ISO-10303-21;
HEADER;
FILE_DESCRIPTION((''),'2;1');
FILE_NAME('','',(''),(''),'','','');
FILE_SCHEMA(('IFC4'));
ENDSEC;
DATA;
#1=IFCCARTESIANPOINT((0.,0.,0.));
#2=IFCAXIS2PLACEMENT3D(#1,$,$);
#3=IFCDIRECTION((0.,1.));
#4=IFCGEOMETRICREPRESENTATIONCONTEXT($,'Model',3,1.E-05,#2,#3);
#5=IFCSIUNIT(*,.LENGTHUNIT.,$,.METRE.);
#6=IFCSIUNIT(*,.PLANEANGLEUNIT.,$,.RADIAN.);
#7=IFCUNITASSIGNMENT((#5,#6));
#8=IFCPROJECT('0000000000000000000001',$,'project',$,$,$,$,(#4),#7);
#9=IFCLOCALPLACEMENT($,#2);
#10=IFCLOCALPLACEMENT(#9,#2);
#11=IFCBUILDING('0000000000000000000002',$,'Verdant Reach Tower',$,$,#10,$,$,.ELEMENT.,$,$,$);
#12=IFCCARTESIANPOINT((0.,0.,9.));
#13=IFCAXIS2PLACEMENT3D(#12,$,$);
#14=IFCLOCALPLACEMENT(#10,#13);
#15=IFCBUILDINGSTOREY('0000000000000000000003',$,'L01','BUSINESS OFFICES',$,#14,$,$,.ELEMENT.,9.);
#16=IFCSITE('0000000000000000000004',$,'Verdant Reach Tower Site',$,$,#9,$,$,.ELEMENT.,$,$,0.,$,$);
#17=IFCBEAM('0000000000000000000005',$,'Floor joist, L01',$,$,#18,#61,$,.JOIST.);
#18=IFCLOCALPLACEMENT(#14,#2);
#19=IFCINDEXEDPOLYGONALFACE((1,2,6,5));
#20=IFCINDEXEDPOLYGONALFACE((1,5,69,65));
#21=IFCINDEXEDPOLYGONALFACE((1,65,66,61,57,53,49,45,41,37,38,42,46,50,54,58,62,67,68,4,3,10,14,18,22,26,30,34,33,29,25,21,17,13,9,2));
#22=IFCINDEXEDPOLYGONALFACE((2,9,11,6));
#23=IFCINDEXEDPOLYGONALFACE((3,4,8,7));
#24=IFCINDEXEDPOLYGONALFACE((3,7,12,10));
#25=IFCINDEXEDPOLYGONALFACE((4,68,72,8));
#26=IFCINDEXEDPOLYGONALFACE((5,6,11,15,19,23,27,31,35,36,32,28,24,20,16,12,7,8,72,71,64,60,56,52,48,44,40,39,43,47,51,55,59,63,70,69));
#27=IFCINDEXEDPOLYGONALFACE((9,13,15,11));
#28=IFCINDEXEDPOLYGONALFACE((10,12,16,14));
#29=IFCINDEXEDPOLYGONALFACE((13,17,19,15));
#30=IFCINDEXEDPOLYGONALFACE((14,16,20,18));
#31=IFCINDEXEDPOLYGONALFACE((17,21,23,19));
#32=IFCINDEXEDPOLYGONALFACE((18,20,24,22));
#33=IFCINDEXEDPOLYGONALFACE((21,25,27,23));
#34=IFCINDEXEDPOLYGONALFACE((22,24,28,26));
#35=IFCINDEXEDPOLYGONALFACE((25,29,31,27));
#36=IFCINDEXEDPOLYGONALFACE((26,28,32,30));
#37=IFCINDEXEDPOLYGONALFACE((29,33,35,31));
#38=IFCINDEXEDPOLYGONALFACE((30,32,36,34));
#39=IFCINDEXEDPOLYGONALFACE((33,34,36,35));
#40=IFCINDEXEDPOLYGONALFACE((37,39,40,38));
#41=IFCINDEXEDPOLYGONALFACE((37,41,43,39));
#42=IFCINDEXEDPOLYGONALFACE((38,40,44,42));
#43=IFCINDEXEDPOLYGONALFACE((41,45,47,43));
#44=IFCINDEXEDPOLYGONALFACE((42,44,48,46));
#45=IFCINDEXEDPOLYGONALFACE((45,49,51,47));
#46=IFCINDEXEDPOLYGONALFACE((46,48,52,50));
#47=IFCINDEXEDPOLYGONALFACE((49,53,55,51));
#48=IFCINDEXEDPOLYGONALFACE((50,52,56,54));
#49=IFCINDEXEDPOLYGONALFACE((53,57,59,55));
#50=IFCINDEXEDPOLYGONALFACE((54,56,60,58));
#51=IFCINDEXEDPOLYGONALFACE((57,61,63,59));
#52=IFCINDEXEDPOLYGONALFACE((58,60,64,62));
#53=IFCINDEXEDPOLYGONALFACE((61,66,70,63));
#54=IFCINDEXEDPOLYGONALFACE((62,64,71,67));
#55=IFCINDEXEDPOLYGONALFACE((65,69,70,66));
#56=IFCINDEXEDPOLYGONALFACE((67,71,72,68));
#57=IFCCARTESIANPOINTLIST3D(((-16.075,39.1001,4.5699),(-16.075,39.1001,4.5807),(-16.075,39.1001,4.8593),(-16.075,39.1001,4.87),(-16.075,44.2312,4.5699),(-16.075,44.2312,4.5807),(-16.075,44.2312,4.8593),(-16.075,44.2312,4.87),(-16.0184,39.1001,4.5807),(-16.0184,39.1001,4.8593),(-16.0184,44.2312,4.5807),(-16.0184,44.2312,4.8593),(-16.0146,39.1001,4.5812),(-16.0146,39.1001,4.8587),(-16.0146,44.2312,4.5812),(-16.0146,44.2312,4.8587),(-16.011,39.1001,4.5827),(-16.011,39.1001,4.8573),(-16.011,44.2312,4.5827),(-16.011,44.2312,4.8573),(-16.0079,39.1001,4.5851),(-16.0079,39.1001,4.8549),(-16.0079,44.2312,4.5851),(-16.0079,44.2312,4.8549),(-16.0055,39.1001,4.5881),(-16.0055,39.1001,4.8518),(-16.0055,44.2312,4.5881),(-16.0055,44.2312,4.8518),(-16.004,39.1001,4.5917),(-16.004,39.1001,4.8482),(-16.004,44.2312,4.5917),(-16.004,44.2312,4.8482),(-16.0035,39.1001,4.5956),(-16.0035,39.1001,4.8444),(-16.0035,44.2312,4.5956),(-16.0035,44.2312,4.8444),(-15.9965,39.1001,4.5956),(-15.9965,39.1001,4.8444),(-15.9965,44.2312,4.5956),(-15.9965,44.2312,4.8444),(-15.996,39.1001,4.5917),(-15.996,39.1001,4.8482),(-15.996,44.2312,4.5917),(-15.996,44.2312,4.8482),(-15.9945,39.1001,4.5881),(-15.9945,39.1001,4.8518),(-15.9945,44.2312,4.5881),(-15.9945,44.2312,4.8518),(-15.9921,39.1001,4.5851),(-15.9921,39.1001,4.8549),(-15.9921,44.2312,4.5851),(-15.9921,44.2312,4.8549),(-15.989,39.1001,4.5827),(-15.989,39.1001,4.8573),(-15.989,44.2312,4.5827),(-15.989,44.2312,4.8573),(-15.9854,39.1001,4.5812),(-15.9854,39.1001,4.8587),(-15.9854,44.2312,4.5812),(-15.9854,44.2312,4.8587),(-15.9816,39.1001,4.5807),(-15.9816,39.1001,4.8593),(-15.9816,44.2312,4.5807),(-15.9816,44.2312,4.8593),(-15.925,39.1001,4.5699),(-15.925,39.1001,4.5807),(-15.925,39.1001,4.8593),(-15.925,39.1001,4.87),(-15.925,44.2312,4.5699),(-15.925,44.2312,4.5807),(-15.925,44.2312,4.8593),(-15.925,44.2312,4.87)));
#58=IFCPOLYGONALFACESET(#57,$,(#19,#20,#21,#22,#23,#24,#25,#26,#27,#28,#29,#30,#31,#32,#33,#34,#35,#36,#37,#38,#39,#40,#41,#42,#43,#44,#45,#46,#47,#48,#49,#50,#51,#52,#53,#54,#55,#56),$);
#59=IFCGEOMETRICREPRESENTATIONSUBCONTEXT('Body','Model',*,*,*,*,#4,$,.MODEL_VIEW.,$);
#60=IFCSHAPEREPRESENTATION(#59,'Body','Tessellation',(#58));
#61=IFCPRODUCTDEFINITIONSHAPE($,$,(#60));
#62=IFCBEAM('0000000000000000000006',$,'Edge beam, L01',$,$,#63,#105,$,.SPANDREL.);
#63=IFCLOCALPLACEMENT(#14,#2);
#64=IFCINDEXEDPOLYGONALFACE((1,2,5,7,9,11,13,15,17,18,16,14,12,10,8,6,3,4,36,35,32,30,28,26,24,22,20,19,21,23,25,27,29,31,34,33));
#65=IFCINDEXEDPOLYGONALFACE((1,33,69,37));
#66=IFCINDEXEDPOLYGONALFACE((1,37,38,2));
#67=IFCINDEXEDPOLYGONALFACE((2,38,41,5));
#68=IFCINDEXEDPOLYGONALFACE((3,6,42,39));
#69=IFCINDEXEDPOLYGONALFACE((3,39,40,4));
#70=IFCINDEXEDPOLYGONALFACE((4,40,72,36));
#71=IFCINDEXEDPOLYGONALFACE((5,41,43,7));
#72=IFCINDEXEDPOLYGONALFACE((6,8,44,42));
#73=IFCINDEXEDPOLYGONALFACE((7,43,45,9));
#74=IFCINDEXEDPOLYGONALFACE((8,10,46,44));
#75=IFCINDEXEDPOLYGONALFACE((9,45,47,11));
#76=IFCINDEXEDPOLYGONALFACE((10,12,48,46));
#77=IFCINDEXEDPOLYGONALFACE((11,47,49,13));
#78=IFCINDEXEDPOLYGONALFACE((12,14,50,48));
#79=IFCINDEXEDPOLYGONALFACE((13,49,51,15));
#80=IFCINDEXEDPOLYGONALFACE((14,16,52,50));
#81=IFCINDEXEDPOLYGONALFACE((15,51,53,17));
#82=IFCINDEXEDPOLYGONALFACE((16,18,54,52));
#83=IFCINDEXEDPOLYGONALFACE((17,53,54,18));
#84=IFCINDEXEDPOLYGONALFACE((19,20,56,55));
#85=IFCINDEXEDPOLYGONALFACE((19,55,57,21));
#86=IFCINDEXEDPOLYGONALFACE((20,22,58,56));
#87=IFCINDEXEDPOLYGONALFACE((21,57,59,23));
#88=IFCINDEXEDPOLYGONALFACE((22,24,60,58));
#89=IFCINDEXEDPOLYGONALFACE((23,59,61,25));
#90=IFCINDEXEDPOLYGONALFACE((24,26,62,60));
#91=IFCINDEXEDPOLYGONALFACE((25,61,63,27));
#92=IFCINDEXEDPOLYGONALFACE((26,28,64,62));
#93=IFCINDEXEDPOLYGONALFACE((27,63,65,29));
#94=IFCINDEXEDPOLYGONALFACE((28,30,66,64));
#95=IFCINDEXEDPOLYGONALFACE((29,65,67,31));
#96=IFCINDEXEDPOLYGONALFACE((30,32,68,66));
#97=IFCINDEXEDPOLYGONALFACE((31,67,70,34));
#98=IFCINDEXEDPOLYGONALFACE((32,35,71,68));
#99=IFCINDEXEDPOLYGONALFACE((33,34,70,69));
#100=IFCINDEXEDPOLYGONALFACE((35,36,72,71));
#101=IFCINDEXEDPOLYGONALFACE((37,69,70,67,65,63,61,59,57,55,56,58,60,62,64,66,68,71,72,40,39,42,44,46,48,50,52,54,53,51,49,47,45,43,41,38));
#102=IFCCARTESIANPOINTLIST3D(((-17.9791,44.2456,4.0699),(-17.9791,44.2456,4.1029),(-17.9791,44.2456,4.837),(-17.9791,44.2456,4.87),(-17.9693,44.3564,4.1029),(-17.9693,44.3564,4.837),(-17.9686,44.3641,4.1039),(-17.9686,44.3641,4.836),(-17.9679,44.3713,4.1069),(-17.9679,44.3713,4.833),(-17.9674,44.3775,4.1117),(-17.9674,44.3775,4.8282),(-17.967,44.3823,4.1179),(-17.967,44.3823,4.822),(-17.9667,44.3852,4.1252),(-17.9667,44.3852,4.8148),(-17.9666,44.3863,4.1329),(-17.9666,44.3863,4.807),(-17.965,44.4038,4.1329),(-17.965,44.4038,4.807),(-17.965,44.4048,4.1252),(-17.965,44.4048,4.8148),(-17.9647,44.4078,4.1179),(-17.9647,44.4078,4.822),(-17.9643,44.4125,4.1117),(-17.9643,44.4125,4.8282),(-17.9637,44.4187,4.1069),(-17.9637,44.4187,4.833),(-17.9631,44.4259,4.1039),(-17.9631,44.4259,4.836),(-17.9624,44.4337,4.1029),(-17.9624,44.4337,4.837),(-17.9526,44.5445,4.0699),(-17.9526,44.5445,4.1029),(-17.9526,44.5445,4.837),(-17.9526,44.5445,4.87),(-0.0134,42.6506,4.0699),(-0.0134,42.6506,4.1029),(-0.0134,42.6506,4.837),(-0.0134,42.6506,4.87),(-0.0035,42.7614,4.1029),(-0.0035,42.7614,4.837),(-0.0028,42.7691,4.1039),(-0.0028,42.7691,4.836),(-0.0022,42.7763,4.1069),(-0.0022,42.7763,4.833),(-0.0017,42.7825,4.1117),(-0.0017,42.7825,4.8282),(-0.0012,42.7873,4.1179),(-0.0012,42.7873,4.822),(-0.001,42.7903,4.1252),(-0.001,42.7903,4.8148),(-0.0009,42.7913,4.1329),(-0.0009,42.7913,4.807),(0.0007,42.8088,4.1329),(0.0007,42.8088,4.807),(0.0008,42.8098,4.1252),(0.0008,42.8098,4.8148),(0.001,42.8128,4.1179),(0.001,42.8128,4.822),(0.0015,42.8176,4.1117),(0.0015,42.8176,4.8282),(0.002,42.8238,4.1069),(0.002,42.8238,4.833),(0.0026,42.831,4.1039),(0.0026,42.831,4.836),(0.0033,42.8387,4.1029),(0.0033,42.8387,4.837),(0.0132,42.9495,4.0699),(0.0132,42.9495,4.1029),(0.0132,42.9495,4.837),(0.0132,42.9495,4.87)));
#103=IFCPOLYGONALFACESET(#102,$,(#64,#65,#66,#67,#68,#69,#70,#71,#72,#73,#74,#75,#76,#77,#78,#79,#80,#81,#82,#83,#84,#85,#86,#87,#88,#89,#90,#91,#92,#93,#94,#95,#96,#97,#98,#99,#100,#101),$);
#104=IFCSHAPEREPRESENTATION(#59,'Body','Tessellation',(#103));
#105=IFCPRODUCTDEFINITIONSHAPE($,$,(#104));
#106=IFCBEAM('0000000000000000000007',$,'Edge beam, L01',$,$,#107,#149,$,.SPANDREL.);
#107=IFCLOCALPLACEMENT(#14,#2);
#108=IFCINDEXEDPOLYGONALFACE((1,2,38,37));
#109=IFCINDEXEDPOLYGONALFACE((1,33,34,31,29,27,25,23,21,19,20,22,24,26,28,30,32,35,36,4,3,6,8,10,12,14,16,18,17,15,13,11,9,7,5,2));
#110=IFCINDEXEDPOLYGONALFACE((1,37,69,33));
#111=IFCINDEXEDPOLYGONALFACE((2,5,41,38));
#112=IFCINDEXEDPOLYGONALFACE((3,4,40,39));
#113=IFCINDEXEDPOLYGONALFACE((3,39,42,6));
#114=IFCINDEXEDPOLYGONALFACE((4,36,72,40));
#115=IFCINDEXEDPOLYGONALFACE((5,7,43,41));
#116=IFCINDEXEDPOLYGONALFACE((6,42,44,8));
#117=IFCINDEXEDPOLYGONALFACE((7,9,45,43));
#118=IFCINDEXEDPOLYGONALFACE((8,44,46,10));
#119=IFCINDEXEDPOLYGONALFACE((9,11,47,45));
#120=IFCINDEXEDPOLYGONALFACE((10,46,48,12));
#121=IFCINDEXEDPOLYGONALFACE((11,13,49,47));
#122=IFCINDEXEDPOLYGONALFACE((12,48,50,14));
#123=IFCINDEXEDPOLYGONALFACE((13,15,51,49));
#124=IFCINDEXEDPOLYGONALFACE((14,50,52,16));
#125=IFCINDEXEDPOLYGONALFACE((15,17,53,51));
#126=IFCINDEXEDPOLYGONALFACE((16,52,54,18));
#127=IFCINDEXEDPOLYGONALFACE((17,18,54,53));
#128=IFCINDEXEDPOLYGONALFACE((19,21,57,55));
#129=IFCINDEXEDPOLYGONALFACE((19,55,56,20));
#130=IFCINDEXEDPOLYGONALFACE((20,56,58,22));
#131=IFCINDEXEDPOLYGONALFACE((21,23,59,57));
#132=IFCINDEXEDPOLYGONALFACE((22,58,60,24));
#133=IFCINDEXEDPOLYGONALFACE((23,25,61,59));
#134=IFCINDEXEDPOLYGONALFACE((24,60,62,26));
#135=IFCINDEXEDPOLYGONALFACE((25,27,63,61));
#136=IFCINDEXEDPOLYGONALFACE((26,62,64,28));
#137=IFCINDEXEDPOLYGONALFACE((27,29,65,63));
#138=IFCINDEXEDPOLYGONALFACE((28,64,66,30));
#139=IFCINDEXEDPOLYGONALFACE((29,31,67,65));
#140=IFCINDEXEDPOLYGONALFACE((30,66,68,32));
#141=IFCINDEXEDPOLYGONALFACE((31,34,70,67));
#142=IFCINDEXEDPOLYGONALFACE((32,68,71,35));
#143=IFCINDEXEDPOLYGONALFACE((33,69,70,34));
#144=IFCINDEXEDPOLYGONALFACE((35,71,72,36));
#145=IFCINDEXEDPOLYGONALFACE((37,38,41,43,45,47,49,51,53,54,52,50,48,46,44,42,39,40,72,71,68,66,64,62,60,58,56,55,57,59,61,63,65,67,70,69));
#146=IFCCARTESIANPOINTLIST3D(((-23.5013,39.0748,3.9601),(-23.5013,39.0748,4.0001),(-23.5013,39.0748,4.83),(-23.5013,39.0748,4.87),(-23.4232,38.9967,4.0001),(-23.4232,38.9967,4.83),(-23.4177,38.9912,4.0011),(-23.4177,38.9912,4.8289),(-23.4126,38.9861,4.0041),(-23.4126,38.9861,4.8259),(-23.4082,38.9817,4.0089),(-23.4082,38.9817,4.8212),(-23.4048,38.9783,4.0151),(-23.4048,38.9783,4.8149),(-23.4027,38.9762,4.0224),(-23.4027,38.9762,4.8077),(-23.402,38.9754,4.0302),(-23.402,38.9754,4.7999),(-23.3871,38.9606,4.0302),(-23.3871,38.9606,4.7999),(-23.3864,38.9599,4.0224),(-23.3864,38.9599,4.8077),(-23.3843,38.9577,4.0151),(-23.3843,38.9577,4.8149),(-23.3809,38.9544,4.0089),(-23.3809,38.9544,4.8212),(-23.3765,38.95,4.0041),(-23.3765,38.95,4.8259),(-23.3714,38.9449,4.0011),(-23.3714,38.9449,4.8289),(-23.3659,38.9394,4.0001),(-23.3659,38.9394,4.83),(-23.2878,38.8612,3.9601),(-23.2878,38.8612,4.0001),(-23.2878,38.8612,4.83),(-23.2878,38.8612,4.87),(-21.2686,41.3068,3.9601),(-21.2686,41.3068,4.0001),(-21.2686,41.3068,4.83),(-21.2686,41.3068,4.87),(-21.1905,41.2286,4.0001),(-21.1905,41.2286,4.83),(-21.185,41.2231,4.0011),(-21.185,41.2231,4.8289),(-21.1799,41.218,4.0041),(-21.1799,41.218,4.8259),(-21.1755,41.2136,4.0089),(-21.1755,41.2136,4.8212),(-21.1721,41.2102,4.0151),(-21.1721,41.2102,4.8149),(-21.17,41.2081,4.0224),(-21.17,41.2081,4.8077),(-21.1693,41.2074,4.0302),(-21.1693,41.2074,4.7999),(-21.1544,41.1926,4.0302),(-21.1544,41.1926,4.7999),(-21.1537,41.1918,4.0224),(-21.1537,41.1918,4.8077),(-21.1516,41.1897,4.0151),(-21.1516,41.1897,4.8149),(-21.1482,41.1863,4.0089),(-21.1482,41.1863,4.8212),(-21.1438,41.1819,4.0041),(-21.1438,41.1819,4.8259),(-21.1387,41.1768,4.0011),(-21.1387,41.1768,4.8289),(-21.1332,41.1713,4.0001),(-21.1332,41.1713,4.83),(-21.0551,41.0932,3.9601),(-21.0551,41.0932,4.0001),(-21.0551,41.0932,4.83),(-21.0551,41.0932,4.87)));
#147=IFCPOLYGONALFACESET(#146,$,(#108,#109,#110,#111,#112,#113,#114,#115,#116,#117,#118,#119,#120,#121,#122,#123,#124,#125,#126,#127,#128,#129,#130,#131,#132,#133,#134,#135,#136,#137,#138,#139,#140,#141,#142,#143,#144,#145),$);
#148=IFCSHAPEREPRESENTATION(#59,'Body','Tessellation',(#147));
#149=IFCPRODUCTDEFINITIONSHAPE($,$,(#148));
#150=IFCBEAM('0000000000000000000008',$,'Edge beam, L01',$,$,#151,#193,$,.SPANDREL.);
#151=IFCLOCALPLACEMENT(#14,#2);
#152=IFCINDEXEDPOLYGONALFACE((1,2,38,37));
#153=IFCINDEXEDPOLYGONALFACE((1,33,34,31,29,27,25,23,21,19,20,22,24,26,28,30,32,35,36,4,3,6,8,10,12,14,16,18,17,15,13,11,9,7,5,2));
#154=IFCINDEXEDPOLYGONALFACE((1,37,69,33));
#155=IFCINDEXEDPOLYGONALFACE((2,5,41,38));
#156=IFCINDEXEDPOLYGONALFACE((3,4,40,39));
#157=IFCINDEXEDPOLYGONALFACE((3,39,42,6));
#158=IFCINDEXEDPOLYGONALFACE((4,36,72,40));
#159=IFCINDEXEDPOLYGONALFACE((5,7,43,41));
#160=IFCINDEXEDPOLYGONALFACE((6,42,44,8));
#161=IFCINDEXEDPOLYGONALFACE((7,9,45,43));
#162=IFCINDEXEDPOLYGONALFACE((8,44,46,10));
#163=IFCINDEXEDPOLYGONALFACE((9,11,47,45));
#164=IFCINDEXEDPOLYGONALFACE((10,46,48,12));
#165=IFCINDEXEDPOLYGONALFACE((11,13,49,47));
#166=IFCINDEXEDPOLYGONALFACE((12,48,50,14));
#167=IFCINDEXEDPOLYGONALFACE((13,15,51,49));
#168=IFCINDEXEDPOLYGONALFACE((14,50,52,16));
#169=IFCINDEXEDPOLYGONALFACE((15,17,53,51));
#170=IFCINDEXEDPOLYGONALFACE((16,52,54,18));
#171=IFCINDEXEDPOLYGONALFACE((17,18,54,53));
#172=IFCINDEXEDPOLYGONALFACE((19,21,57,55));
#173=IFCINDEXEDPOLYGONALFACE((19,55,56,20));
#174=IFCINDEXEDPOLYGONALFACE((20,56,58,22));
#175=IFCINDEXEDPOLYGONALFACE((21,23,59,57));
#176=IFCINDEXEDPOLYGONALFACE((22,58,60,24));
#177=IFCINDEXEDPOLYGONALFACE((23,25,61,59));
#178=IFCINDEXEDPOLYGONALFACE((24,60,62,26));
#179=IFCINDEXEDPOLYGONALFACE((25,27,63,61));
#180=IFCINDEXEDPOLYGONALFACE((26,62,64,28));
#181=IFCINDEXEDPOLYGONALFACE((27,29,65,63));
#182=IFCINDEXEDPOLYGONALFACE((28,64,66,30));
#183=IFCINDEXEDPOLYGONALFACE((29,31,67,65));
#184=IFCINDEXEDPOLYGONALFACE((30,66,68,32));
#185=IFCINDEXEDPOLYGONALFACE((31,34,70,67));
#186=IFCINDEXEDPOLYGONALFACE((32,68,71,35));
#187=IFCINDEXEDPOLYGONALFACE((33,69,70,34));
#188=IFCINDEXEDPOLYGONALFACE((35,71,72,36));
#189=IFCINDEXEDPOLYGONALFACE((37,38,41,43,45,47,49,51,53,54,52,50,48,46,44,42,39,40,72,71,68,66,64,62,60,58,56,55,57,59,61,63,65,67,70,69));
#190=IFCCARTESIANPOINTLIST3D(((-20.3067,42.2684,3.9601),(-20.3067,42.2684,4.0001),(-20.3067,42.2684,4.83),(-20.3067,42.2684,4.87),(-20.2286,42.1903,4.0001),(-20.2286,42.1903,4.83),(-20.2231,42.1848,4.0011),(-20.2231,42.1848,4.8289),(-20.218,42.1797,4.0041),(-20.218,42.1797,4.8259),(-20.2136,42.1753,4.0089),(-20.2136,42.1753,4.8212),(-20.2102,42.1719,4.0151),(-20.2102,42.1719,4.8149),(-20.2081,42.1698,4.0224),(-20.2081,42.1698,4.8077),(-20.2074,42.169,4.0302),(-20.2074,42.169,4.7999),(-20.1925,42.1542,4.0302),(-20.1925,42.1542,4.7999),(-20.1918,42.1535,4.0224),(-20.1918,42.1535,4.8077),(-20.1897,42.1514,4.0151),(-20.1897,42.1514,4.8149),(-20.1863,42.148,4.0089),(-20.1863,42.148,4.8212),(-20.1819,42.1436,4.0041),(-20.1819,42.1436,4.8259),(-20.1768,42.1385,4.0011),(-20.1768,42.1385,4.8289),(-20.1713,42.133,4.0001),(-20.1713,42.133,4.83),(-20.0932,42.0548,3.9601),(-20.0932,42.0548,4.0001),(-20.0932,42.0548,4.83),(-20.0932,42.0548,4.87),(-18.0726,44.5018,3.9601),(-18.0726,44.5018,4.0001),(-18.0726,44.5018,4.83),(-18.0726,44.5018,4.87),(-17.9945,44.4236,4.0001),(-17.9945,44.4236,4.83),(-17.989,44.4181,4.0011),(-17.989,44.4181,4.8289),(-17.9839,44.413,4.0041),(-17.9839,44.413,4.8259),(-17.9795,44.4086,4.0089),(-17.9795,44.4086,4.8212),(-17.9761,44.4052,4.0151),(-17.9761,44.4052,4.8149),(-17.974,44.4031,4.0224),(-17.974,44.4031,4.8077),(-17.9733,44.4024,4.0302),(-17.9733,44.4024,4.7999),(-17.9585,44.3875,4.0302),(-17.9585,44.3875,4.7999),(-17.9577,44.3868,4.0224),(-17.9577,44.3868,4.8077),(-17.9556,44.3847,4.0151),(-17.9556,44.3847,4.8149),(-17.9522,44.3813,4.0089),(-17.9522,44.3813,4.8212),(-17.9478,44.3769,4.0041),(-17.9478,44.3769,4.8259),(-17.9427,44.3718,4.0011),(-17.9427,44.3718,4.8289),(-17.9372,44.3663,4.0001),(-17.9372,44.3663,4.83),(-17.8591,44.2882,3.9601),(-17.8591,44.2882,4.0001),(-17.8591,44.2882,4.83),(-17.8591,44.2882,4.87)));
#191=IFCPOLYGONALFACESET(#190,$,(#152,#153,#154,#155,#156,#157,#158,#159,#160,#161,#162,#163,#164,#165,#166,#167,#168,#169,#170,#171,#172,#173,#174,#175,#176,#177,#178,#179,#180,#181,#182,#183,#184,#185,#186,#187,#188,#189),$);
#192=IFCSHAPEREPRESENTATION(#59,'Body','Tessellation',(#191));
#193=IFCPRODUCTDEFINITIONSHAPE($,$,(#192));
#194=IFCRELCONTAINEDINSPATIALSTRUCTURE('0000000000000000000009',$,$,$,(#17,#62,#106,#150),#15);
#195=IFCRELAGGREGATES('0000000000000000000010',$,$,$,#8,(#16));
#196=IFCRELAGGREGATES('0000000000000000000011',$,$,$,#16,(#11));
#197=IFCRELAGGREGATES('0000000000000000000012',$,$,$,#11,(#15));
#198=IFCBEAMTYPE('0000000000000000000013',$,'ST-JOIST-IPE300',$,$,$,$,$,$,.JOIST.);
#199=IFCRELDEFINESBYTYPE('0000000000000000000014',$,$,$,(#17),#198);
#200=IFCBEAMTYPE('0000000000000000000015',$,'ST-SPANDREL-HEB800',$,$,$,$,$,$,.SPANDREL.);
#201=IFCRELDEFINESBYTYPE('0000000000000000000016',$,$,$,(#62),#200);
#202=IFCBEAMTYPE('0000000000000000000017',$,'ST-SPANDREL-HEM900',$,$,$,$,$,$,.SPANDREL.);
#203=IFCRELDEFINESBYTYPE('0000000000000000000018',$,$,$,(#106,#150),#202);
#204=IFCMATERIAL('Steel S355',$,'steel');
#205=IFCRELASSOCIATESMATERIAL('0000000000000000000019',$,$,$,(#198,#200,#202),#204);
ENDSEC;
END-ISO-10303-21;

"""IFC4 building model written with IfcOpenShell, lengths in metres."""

from ifc_helpers import new_model, si_unit, direction, frame, origin, origin_2d, place, context, subcontext, project, spatial, i_section, extrude, material, material_profile, profile_set, type_object, element, save


model = new_model("IFC4")

# Units and contexts
model_context = context("Model", 3, precision=1e-05, world=origin(), true_north=direction((0.0, 1.0)))
body_context = subcontext(model_context, "Body", "Model", "MODEL_VIEW")
ifc_project = project(units=[si_unit("LENGTHUNIT", "METRE"), si_unit("PLANEANGLEUNIT", "RADIAN")], contexts=[model_context])

# Site, building, storey
site_placement = place(None, origin())
site = spatial("IfcSite", under=ifc_project, at=site_placement, Name="Verdant Reach Tower Site", CompositionType="ELEMENT", RefElevation=0.0)
building_placement = place(site_placement, origin())
building = spatial("IfcBuilding", under=site, at=building_placement, Name="Verdant Reach Tower", CompositionType="ELEMENT")
storey_placement = place(building_placement, frame((0.0, 0.0, 9.0)))
storey = spatial("IfcBuildingStorey", under=building, at=storey_placement, Name="L01", Description="BUSINESS OFFICES", CompositionType="ELEMENT", Elevation=9.0)

# Beams
ifc_material_1 = material(Name="Steel S355", Category="steel")
ifc_material_profile_1 = material_profile(ifc_material_1, i_section(OverallWidth=0.1499, OverallDepth=0.3, WebThickness=0.0071, FlangeThickness=0.0107, FilletRadius=0.0149, at=origin_2d()), Name="IPE 300")
ifc_profile_set_1 = profile_set([ifc_material_profile_1], Name="Steel S355")
beam_type_1 = type_object("IfcBeamType", Name="ST-JOIST-IPE300", PredefinedType="JOIST", material=ifc_profile_set_1)
beam_1_placement = place(storey_placement, frame((-16.0, 39.1001, 4.72), z_axis=(0.0, 1.0, 0.0), x_axis=(-1.0, 0.0, 0.0)))
element("IfcBeam", 1, at=beam_1_placement, inside=storey, type_object=beam_type_1, Name="Floor joist, L01", PredefinedType="JOIST", context=body_context, shape_type="SweptSolid", body=[
    extrude(i_section(OverallWidth=0.1499, OverallDepth=0.3, WebThickness=0.0071, FlangeThickness=0.0107, FilletRadius=0.0149, at=origin_2d()), origin(), (0.0, 0.0, 1.0), 5.1311),
])
ifc_material_profile_2 = material_profile(ifc_material_1, i_section(OverallWidth=0.3, OverallDepth=0.8, WebThickness=0.0176, FlangeThickness=0.033, FilletRadius=0.03, at=origin_2d()), Name="HEB 800")
ifc_profile_set_2 = profile_set([ifc_material_profile_2], Name="Steel S355")
beam_type_2 = type_object("IfcBeamType", Name="ST-SPANDREL-HEB800", PredefinedType="SPANDREL", material=ifc_profile_set_2)
beam_2_placement = place(storey_placement, frame((-17.9658, 44.395, 4.47), z_axis=(0.996082, -0.08843, 0.0), x_axis=(0.08843, 0.996082, 0.0)))
element("IfcBeam", 2, at=beam_2_placement, inside=storey, type_object=beam_type_2, Name="Edge beam, L01", PredefinedType="SPANDREL", context=body_context, shape_type="SweptSolid", body=[
    extrude(i_section(OverallWidth=0.3, OverallDepth=0.8, WebThickness=0.0176, FlangeThickness=0.033, FilletRadius=0.03, at=origin_2d()), origin(), (0.0, 0.0, 1.0), 18.0364),
])
ifc_material_profile_3 = material_profile(ifc_material_1, i_section(OverallWidth=0.302, OverallDepth=0.9099, WebThickness=0.021, FlangeThickness=0.04, FilletRadius=0.03, at=origin_2d()), Name="HEM 900")
ifc_profile_set_3 = profile_set([ifc_material_profile_3], Name="Steel S355")
beam_type_3 = type_object("IfcBeamType", Name="ST-SPANDREL-HEM900", PredefinedType="SPANDREL", material=ifc_profile_set_3)
beam_3_placement = place(storey_placement, frame((-23.3945, 38.968, 4.415), z_axis=(0.707223, 0.706991, 0.0), x_axis=(-0.706991, 0.707223, 0.0)))
element("IfcBeam", 3, at=beam_3_placement, inside=storey, type_object=beam_type_3, Name="Edge beam, L01", PredefinedType="SPANDREL", context=body_context, shape_type="SweptSolid", body=[
    extrude(i_section(OverallWidth=0.302, OverallDepth=0.9099, WebThickness=0.021, FlangeThickness=0.04, FilletRadius=0.03, at=origin_2d()), origin(), (0.0, 0.0, 1.0), 3.157),
])
beam_4_placement = place(storey_placement, frame((-20.2, 42.1616, 4.415), z_axis=(0.707223, 0.706991, 0.0), x_axis=(-0.706991, 0.707223, 0.0)))
element("IfcBeam", 4, at=beam_4_placement, inside=storey, type_object=beam_type_3, Name="Edge beam, L01", PredefinedType="SPANDREL", context=body_context, shape_type="SweptSolid", body=[
    extrude(i_section(OverallWidth=0.302, OverallDepth=0.9099, WebThickness=0.021, FlangeThickness=0.04, FilletRadius=0.03, at=origin_2d()), origin(), (0.0, 0.0, 1.0), 3.1589),
])

save(model, "model.ifc")
